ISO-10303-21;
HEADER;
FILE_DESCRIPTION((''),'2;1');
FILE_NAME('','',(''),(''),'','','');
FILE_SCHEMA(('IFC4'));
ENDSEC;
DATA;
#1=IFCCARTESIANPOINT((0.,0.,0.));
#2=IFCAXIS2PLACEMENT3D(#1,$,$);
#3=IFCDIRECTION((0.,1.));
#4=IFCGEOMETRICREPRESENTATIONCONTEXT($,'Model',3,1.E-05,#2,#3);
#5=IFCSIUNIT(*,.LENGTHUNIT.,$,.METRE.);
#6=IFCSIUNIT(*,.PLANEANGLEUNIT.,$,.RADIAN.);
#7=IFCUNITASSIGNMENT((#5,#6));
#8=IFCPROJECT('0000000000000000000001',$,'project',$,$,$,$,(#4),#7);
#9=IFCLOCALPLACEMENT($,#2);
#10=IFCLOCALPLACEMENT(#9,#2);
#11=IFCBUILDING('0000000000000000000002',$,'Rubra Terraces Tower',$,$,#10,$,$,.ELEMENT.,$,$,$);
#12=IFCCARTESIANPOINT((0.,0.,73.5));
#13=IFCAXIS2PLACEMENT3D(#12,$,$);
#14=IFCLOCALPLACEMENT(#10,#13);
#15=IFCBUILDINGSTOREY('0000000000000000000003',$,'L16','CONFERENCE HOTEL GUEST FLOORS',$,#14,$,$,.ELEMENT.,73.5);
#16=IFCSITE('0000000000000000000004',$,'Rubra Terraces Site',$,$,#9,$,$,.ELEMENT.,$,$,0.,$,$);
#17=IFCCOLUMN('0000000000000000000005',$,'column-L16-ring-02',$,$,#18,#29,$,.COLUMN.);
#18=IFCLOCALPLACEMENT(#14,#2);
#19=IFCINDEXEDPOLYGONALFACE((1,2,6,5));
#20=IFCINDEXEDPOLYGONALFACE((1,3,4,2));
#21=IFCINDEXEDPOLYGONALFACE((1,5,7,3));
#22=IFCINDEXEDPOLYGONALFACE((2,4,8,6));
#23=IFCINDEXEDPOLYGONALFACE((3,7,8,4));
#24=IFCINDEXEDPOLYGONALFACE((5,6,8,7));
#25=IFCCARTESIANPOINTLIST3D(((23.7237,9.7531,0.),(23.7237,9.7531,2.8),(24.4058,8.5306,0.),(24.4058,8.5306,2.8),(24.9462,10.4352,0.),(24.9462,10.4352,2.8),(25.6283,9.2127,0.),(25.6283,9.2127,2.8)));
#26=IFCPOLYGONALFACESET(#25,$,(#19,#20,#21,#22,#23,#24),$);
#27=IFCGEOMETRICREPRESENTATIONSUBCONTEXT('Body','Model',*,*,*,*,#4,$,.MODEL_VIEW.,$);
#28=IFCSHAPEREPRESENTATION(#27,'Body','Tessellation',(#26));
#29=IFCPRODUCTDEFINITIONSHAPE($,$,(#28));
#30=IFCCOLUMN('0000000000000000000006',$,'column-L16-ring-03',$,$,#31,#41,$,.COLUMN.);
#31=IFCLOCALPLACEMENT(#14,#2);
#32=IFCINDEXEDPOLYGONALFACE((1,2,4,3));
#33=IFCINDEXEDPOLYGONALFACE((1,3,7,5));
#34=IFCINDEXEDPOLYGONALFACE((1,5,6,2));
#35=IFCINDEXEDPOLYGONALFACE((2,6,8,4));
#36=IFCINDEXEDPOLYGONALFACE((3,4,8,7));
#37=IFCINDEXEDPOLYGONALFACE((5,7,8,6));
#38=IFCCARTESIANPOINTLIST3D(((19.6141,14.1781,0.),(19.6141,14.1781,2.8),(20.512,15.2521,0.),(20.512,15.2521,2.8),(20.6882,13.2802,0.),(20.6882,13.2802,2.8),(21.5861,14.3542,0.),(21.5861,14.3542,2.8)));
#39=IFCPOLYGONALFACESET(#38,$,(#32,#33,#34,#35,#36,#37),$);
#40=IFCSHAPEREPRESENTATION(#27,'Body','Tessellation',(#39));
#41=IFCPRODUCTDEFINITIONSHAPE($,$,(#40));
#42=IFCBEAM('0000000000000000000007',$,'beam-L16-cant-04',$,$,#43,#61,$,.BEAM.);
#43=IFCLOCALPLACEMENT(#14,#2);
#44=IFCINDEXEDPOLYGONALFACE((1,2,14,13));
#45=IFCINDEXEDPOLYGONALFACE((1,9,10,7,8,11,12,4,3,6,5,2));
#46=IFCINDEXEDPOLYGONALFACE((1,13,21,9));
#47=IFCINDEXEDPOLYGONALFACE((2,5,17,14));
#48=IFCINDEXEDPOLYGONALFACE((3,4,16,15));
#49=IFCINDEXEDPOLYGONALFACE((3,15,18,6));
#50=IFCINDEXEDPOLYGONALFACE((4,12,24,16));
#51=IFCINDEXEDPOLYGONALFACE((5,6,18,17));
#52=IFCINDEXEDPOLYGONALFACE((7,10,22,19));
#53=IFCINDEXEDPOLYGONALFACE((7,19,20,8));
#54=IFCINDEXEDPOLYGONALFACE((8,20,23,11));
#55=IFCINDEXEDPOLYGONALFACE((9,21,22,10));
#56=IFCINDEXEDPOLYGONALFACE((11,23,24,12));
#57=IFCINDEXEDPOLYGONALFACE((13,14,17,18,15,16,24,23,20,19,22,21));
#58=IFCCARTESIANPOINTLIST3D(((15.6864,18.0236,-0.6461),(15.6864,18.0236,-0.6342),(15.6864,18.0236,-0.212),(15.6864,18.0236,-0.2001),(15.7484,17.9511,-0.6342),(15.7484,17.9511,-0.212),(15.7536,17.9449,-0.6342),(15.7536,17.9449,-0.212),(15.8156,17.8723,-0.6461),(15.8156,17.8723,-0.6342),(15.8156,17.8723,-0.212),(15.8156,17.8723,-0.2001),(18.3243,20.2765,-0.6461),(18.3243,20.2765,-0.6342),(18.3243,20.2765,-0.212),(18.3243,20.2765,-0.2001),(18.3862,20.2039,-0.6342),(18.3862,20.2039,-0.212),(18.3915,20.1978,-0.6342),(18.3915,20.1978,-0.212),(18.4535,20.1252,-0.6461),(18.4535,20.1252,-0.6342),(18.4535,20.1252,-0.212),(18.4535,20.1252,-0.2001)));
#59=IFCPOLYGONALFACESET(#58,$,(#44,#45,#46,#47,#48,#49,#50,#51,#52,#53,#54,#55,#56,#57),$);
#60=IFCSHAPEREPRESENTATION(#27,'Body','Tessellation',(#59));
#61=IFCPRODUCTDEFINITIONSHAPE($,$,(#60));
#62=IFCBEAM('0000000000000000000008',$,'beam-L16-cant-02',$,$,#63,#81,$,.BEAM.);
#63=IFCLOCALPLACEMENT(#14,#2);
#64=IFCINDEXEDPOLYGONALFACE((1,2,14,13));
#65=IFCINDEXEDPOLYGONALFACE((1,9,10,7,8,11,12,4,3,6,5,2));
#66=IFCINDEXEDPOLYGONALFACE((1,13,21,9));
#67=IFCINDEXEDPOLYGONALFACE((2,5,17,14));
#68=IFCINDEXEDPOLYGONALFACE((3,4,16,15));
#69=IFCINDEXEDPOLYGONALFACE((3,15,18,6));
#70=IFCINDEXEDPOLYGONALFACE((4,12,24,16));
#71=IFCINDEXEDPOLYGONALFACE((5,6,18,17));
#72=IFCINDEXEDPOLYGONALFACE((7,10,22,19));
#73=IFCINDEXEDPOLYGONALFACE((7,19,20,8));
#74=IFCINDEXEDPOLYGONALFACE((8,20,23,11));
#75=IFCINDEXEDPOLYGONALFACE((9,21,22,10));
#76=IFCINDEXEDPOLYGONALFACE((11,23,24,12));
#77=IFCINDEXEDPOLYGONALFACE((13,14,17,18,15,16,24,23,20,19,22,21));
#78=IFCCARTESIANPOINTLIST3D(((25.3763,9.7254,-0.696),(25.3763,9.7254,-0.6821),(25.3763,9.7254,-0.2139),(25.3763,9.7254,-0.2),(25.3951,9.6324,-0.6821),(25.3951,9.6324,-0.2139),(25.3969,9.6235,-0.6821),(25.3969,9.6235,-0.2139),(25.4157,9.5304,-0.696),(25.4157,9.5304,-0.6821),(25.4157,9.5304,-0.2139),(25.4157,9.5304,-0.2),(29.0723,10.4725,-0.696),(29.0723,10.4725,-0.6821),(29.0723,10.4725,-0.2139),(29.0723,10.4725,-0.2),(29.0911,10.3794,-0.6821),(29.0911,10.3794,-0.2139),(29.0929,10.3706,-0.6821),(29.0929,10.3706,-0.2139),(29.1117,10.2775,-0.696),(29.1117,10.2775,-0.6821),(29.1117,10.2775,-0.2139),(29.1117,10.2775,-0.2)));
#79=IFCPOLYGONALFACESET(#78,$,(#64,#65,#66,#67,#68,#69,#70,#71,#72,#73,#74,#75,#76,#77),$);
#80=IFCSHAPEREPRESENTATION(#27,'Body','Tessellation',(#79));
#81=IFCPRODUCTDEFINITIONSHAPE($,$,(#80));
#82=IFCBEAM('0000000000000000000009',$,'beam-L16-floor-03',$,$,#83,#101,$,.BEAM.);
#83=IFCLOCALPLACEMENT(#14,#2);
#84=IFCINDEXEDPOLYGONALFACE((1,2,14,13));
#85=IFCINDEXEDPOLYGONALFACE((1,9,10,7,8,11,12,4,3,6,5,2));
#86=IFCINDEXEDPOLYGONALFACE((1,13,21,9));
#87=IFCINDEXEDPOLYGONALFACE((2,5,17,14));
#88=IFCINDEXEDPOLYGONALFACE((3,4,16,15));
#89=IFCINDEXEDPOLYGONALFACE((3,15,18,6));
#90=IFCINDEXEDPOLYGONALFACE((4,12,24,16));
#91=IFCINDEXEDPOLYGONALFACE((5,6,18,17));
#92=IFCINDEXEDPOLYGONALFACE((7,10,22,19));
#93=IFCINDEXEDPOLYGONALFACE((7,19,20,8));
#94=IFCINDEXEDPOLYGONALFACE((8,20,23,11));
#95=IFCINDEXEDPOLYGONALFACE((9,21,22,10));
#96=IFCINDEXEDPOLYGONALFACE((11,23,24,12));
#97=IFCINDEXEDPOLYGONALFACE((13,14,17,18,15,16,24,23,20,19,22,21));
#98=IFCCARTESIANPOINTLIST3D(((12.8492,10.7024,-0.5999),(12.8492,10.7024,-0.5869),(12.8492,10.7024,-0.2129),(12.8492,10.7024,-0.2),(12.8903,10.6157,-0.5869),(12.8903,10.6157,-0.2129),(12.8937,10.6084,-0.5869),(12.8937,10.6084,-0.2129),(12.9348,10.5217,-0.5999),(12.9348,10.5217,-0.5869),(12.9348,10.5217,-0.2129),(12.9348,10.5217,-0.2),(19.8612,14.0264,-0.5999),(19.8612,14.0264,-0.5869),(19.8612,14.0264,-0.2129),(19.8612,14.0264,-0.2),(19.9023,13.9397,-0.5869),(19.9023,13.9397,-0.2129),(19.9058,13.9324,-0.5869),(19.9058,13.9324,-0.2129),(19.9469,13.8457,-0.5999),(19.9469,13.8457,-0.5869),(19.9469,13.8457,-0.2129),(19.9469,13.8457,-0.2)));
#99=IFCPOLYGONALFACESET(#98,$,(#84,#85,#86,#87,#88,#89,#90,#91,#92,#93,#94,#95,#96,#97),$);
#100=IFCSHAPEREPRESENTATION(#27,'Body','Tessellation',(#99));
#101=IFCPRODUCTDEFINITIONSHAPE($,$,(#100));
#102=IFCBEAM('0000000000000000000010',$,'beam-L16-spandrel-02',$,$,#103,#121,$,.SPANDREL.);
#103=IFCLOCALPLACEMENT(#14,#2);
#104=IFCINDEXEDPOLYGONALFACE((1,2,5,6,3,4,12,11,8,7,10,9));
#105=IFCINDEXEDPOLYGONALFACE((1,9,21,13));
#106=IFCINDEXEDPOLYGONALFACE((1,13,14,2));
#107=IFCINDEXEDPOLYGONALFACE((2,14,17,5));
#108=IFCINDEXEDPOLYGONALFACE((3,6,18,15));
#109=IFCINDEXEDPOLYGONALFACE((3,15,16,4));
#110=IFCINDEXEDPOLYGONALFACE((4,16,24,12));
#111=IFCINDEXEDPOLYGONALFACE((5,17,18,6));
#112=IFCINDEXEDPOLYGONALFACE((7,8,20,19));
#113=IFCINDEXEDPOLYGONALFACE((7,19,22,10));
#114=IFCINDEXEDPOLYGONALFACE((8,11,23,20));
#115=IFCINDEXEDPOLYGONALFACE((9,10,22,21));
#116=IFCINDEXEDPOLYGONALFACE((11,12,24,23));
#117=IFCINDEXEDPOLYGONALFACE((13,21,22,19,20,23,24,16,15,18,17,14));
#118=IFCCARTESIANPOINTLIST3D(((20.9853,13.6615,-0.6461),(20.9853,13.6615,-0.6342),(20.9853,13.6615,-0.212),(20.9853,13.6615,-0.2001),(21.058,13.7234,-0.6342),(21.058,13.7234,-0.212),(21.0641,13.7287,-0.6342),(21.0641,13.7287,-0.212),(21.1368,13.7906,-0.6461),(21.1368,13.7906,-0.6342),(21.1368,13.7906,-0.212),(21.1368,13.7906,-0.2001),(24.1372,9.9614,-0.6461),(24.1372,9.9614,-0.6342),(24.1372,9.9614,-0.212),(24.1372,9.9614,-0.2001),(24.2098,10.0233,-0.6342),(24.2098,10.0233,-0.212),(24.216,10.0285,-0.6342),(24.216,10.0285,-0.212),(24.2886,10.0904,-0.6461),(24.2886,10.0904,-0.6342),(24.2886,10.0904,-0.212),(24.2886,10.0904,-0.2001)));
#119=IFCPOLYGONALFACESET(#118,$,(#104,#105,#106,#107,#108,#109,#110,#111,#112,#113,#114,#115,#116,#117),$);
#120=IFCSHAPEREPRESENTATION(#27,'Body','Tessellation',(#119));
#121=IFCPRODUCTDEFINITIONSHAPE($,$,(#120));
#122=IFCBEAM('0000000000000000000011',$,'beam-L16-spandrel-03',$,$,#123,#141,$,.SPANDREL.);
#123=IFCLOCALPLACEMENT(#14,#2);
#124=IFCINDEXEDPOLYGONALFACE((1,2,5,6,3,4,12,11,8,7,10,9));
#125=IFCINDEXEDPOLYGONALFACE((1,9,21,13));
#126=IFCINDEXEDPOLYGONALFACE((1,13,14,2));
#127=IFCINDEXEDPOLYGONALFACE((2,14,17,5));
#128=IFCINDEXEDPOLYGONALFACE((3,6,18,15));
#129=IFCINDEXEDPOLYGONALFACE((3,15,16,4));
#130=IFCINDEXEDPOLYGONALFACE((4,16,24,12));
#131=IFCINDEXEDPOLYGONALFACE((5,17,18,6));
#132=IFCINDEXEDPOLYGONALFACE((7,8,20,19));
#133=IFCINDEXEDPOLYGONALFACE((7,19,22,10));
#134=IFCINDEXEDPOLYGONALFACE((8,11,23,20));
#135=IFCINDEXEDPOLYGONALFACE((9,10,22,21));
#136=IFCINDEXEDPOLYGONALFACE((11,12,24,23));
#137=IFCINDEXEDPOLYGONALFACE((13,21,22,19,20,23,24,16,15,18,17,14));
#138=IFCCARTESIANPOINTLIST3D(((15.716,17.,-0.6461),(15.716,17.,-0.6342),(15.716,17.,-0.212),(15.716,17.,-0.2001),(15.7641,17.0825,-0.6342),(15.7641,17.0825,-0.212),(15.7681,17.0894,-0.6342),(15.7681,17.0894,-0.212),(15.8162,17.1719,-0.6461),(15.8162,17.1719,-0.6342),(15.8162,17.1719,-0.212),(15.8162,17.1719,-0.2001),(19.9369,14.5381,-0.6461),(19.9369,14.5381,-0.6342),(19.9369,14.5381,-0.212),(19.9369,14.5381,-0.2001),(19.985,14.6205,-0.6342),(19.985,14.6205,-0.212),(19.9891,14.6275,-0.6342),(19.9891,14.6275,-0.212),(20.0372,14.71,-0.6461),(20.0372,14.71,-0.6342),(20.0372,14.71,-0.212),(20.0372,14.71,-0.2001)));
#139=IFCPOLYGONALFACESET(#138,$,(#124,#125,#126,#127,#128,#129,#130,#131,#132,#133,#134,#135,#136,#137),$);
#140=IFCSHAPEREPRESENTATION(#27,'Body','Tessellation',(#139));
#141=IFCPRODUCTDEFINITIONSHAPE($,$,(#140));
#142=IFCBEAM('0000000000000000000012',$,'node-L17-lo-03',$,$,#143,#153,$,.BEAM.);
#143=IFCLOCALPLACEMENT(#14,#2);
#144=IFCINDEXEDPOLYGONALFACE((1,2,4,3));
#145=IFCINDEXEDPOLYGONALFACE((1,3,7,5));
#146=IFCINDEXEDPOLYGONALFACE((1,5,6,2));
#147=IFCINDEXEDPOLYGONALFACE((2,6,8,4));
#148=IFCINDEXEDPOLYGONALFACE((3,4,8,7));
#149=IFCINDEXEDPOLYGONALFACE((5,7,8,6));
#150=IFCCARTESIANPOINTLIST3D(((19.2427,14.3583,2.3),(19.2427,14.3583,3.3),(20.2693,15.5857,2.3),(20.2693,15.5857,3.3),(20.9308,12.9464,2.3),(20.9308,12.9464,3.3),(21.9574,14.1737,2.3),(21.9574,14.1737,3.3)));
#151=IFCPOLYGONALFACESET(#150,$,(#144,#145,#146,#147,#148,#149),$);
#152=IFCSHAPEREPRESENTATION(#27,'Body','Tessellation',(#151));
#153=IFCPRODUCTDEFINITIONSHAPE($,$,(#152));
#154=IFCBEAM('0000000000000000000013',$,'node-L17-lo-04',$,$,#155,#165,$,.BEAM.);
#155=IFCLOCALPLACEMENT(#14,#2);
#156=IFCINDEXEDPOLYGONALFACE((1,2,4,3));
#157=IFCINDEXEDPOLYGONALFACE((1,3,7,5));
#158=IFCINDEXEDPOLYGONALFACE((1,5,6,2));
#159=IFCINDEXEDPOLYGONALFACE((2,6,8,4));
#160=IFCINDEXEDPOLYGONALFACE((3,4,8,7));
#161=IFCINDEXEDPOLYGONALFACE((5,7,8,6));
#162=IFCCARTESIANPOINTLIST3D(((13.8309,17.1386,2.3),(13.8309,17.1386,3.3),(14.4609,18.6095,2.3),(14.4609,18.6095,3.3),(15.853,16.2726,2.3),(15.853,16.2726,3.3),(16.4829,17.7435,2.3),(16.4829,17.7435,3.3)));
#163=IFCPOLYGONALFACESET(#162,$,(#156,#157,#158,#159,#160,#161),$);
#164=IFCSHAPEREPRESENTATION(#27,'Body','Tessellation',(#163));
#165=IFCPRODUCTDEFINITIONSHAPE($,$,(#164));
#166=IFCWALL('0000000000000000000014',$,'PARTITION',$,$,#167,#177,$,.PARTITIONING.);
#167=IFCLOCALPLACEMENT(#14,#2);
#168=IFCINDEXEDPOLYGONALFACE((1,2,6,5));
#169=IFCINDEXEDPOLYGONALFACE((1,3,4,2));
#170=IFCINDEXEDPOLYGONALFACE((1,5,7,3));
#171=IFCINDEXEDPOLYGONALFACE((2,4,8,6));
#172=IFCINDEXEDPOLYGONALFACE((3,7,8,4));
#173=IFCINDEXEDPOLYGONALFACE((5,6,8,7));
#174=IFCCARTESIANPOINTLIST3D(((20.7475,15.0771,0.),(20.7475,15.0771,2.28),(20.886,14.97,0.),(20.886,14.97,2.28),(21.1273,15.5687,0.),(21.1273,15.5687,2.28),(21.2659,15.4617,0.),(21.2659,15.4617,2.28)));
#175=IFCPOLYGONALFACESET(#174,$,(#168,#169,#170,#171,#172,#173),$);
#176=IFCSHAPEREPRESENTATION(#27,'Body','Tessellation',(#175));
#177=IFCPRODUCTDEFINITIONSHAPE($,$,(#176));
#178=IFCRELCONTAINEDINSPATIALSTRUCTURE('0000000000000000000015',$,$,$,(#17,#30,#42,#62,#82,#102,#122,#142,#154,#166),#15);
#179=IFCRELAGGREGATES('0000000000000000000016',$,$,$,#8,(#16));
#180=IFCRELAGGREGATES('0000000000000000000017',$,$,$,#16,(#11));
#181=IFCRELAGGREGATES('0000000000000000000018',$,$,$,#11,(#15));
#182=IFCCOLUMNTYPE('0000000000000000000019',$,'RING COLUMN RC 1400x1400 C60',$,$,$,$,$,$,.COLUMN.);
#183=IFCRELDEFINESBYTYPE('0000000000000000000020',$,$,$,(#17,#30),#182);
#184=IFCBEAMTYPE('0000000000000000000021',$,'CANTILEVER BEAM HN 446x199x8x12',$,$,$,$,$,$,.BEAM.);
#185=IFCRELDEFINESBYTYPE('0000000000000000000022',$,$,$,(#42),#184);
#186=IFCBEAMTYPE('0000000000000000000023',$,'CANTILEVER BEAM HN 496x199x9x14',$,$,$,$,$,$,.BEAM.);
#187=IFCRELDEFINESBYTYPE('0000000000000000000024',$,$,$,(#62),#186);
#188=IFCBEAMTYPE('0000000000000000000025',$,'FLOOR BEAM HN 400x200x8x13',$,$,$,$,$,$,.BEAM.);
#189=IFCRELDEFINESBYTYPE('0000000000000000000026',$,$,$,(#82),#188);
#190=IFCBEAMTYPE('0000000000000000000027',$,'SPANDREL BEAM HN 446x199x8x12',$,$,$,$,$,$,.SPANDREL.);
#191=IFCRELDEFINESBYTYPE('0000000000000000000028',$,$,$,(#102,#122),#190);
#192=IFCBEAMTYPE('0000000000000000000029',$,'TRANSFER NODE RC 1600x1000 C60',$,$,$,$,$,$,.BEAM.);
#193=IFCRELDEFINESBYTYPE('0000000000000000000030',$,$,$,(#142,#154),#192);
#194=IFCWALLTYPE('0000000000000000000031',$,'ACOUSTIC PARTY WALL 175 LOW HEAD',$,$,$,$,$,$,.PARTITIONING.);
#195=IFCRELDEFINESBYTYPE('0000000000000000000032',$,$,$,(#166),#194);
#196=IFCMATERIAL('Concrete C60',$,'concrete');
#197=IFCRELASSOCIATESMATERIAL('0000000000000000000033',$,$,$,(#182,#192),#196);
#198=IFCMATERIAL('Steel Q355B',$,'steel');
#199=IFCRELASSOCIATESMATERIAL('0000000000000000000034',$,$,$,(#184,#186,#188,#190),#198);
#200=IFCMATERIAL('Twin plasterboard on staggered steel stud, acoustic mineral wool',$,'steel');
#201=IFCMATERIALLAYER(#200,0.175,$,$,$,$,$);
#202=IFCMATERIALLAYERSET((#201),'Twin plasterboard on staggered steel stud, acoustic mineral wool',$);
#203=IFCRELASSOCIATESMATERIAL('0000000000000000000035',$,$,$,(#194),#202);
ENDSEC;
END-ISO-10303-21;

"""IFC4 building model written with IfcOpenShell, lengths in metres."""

from ifc_helpers import new_model, si_unit, direction, frame, frame_2d, origin, origin_2d, place, context, subcontext, project, spatial, rectangle, i_section, extrude, material, layer, layer_set, material_profile, profile_set, type_object, element, save


model = new_model("IFC4")

# Units and contexts
model_context = context("Model", 3, precision=1e-05, world=origin(), true_north=direction((0.0, 1.0)))
body_context = subcontext(model_context, "Body", "Model", "MODEL_VIEW")
ifc_project = project(units=[si_unit("LENGTHUNIT", "METRE"), si_unit("PLANEANGLEUNIT", "RADIAN")], contexts=[model_context])

# Site, building, storey
site_placement = place(None, origin())
site = spatial("IfcSite", under=ifc_project, at=site_placement, Name="Rubra Terraces Site", CompositionType="ELEMENT", RefElevation=0.0)
building_placement = place(site_placement, origin())
building = spatial("IfcBuilding", under=site, at=building_placement, Name="Rubra Terraces Tower", CompositionType="ELEMENT")
storey_placement = place(building_placement, frame((0.0, 0.0, 73.5)))
storey = spatial("IfcBuildingStorey", under=building, at=storey_placement, Name="L16", Description="CONFERENCE HOTEL GUEST FLOORS", CompositionType="ELEMENT", Elevation=73.5)

# Columns
ifc_material_1 = material(Name="Concrete C60", Category="concrete")
ifc_material_profile_1 = material_profile(ifc_material_1, rectangle(XDim=1.3999, YDim=1.3999, at=origin_2d()), Name="RC 1400x1400")
ifc_profile_set_1 = profile_set([ifc_material_profile_1], Name="Concrete C60")
column_type = type_object("IfcColumnType", Name="RING COLUMN RC 1400x1400 C60", PredefinedType="COLUMN", material=ifc_profile_set_1)
for number, where, z_axis, x_axis, name in (
    (1, (24.676, 9.4829, 0.0), (0.0, 0.0, 1.0), (-0.487227, 0.873276, 0.0), "column-L16-ring-02"),
    (2, (20.6001, 14.2661, 0.0), (0.0, 0.0, 1.0), (-0.76721, 0.641397, 0.0), "column-L16-ring-03"),
):
    element("IfcColumn", number, at=place(storey_placement, frame(where, z_axis=z_axis, x_axis=x_axis)), inside=storey, type_object=column_type, Name=name, PredefinedType="COLUMN", context=body_context, shape_type="SweptSolid", body=[
        extrude(rectangle(XDim=1.3999, YDim=1.3999, at=origin_2d()), origin(), (0.0, 0.0, 1.0), 2.8),
    ])

# Beams
ifc_material_2 = material(Name="Steel Q355B", Category="steel")
ifc_material_profile_2 = material_profile(ifc_material_2, i_section(OverallWidth=0.199, OverallDepth=0.446, WebThickness=0.0081, FlangeThickness=0.012, at=origin_2d()), Name="HN 446x199x8x12")
ifc_profile_set_2 = profile_set([ifc_material_profile_2], Name="Steel Q355B")
beam_type_1 = type_object("IfcBeamType", Name="CANTILEVER BEAM HN 446x199x8x12", PredefinedType="BEAM", material=ifc_profile_set_2)
beam_1_placement = place(storey_placement, frame((15.751, 17.948, -0.4231), z_axis=(0.760418, 0.649434, 0.0), x_axis=(-0.649434, 0.760418, 0.0)))
element("IfcBeam", 3, at=beam_1_placement, inside=storey, type_object=beam_type_1, Name="beam-L16-cant-04", PredefinedType="BEAM", context=body_context, shape_type="SweptSolid", body=[
    extrude(i_section(OverallWidth=0.199, OverallDepth=0.446, WebThickness=0.0081, FlangeThickness=0.012, at=origin_2d()), origin(), (0.0, 0.0, 1.0), 3.469),
])
ifc_material_profile_3 = material_profile(ifc_material_2, i_section(OverallWidth=0.199, OverallDepth=0.4961, WebThickness=0.009, FlangeThickness=0.0139, at=origin_2d()), Name="HN 496x199x9x14")
ifc_profile_set_3 = profile_set([ifc_material_profile_3], Name="Steel Q355B")
beam_type_2 = type_object("IfcBeamType", Name="CANTILEVER BEAM HN 496x199x9x14", PredefinedType="BEAM", material=ifc_profile_set_3)
beam_2_placement = place(storey_placement, frame((25.396, 9.6279, -0.448), z_axis=(0.980178, 0.19812, 0.0), x_axis=(-0.19812, 0.980178, 0.0)))
element("IfcBeam", 4, at=beam_2_placement, inside=storey, type_object=beam_type_2, Name="beam-L16-cant-02", PredefinedType="BEAM", context=body_context, shape_type="SweptSolid", body=[
    extrude(i_section(OverallWidth=0.199, OverallDepth=0.4961, WebThickness=0.009, FlangeThickness=0.0139, at=origin_2d()), origin(), (0.0, 0.0, 1.0), 3.7708),
])
ifc_material_profile_4 = material_profile(ifc_material_2, i_section(OverallWidth=0.2, OverallDepth=0.3999, WebThickness=0.0081, FlangeThickness=0.0129, at=origin_2d()), Name="HN 400x200x8x13")
ifc_profile_set_4 = profile_set([ifc_material_profile_4], Name="Steel Q355B")
beam_type_3 = type_object("IfcBeamType", Name="FLOOR BEAM HN 400x200x8x13", PredefinedType="BEAM", material=ifc_profile_set_4)
beam_3_placement = place(storey_placement, frame((19.9041, 13.936, -0.3999), z_axis=(-0.903612, -0.428351, 0.0), x_axis=(0.428351, -0.903612, 0.0)))
element("IfcBeam", 5, at=beam_3_placement, inside=storey, type_object=beam_type_3, Name="beam-L16-floor-03", PredefinedType="BEAM", context=body_context, shape_type="SweptSolid", body=[
    extrude(i_section(OverallWidth=0.2, OverallDepth=0.3999, WebThickness=0.0081, FlangeThickness=0.0129, at=origin_2d()), origin(), (0.0, 0.0, 1.0), 7.76),
])
ifc_material_profile_5 = material_profile(ifc_material_2, i_section(OverallWidth=0.199, OverallDepth=0.446, WebThickness=0.0081, FlangeThickness=0.012, at=origin_2d()), Name="HN 446x199x8x12")
ifc_profile_set_5 = profile_set([ifc_material_profile_5], Name="Steel Q355B")
beam_type_4 = type_object("IfcBeamType", Name="SPANDREL BEAM HN 446x199x8x12", PredefinedType="SPANDREL", material=ifc_profile_set_5)
beam_4_placement = place(storey_placement, frame((24.2129, 10.0259, -0.4231), z_axis=(-0.648447, 0.76126, 0.0), x_axis=(-0.76126, -0.648447, 0.0)))
element("IfcBeam", 6, at=beam_4_placement, inside=storey, type_object=beam_type_4, Name="beam-L16-spandrel-02", PredefinedType="SPANDREL", context=body_context, shape_type="SweptSolid", body=[
    extrude(i_section(OverallWidth=0.199, OverallDepth=0.446, WebThickness=0.0081, FlangeThickness=0.012, at=origin_2d()), origin(), (0.0, 0.0, 1.0), 4.8606),
])
beam_5_placement = place(storey_placement, frame((19.9871, 14.624, -0.4231), z_axis=(-0.863806, 0.503824, 0.0), x_axis=(-0.503824, -0.863806, 0.0)))
element("IfcBeam", 7, at=beam_5_placement, inside=storey, type_object=beam_type_4, Name="beam-L16-spandrel-03", PredefinedType="SPANDREL", context=body_context, shape_type="SweptSolid", body=[
    extrude(i_section(OverallWidth=0.199, OverallDepth=0.446, WebThickness=0.0081, FlangeThickness=0.012, at=origin_2d()), origin(), (0.0, 0.0, 1.0), 4.8865),
])
ifc_material_profile_6 = material_profile(ifc_material_1, rectangle(XDim=1.6001, YDim=1.0, at=origin_2d()), Name="RC 1600x1000")
ifc_profile_set_6 = profile_set([ifc_material_profile_6], Name="Concrete C60")
beam_type_5 = type_object("IfcBeamType", Name="TRANSFER NODE RC 1600x1000 C60", PredefinedType="BEAM", material=ifc_profile_set_6)
beam_6_placement = place(storey_placement, frame((21.4441, 13.5601, 2.8), z_axis=(-0.767056, 0.64158, 0.0), x_axis=(-0.64158, -0.767056, 0.0)))
element("IfcBeam", 8, at=beam_6_placement, inside=storey, type_object=beam_type_5, Name="node-L17-lo-03", PredefinedType="BEAM", context=body_context, shape_type="SweptSolid", body=[
    extrude(rectangle(XDim=1.6001, YDim=1.0, at=origin_2d()), origin(), (0.0, 0.0, 1.0), 2.2007),
])
beam_7_placement = place(storey_placement, frame((16.168, 17.0081, 2.8), z_axis=(-0.919243, 0.393692, 0.0), x_axis=(-0.393692, -0.919243, 0.0)))
element("IfcBeam", 9, at=beam_7_placement, inside=storey, type_object=beam_type_5, Name="node-L17-lo-04", PredefinedType="BEAM", context=body_context, shape_type="SweptSolid", body=[
    extrude(rectangle(XDim=1.6001, YDim=1.0, at=origin_2d()), origin(), (0.0, 0.0, 1.0), 2.1997),
])

# Wall
ifc_material_3 = material(Name="Twin plasterboard on staggered steel stud, acoustic mineral wool", Category="steel")
ifc_layer_1 = layer(ifc_material_3, 0.175)
ifc_layer_set_1 = layer_set([ifc_layer_1], Name="Twin plasterboard on staggered steel stud, acoustic mineral wool")
wall_type_1 = type_object("IfcWallType", Name="ACOUSTIC PARTY WALL 175 LOW HEAD", PredefinedType="PARTITIONING", material=ifc_layer_set_1)
wall_1_placement = place(storey_placement, frame((21.1965, 15.5151, 0.0), z_axis=(0.0, 0.0, 1.0), x_axis=(-0.61138, -0.791337, 0.0)))
element("IfcWall", 10, at=wall_1_placement, inside=storey, type_object=wall_type_1, Name="PARTITION", PredefinedType="PARTITIONING", context=body_context, shape_type="SweptSolid", body=[
    extrude(rectangle(XDim=0.6213, YDim=0.175, at=frame_2d((0.3105, 0.0))), origin(), (0.0, 0.0, 1.0), 2.28),
])

save(model, "model.ifc")
